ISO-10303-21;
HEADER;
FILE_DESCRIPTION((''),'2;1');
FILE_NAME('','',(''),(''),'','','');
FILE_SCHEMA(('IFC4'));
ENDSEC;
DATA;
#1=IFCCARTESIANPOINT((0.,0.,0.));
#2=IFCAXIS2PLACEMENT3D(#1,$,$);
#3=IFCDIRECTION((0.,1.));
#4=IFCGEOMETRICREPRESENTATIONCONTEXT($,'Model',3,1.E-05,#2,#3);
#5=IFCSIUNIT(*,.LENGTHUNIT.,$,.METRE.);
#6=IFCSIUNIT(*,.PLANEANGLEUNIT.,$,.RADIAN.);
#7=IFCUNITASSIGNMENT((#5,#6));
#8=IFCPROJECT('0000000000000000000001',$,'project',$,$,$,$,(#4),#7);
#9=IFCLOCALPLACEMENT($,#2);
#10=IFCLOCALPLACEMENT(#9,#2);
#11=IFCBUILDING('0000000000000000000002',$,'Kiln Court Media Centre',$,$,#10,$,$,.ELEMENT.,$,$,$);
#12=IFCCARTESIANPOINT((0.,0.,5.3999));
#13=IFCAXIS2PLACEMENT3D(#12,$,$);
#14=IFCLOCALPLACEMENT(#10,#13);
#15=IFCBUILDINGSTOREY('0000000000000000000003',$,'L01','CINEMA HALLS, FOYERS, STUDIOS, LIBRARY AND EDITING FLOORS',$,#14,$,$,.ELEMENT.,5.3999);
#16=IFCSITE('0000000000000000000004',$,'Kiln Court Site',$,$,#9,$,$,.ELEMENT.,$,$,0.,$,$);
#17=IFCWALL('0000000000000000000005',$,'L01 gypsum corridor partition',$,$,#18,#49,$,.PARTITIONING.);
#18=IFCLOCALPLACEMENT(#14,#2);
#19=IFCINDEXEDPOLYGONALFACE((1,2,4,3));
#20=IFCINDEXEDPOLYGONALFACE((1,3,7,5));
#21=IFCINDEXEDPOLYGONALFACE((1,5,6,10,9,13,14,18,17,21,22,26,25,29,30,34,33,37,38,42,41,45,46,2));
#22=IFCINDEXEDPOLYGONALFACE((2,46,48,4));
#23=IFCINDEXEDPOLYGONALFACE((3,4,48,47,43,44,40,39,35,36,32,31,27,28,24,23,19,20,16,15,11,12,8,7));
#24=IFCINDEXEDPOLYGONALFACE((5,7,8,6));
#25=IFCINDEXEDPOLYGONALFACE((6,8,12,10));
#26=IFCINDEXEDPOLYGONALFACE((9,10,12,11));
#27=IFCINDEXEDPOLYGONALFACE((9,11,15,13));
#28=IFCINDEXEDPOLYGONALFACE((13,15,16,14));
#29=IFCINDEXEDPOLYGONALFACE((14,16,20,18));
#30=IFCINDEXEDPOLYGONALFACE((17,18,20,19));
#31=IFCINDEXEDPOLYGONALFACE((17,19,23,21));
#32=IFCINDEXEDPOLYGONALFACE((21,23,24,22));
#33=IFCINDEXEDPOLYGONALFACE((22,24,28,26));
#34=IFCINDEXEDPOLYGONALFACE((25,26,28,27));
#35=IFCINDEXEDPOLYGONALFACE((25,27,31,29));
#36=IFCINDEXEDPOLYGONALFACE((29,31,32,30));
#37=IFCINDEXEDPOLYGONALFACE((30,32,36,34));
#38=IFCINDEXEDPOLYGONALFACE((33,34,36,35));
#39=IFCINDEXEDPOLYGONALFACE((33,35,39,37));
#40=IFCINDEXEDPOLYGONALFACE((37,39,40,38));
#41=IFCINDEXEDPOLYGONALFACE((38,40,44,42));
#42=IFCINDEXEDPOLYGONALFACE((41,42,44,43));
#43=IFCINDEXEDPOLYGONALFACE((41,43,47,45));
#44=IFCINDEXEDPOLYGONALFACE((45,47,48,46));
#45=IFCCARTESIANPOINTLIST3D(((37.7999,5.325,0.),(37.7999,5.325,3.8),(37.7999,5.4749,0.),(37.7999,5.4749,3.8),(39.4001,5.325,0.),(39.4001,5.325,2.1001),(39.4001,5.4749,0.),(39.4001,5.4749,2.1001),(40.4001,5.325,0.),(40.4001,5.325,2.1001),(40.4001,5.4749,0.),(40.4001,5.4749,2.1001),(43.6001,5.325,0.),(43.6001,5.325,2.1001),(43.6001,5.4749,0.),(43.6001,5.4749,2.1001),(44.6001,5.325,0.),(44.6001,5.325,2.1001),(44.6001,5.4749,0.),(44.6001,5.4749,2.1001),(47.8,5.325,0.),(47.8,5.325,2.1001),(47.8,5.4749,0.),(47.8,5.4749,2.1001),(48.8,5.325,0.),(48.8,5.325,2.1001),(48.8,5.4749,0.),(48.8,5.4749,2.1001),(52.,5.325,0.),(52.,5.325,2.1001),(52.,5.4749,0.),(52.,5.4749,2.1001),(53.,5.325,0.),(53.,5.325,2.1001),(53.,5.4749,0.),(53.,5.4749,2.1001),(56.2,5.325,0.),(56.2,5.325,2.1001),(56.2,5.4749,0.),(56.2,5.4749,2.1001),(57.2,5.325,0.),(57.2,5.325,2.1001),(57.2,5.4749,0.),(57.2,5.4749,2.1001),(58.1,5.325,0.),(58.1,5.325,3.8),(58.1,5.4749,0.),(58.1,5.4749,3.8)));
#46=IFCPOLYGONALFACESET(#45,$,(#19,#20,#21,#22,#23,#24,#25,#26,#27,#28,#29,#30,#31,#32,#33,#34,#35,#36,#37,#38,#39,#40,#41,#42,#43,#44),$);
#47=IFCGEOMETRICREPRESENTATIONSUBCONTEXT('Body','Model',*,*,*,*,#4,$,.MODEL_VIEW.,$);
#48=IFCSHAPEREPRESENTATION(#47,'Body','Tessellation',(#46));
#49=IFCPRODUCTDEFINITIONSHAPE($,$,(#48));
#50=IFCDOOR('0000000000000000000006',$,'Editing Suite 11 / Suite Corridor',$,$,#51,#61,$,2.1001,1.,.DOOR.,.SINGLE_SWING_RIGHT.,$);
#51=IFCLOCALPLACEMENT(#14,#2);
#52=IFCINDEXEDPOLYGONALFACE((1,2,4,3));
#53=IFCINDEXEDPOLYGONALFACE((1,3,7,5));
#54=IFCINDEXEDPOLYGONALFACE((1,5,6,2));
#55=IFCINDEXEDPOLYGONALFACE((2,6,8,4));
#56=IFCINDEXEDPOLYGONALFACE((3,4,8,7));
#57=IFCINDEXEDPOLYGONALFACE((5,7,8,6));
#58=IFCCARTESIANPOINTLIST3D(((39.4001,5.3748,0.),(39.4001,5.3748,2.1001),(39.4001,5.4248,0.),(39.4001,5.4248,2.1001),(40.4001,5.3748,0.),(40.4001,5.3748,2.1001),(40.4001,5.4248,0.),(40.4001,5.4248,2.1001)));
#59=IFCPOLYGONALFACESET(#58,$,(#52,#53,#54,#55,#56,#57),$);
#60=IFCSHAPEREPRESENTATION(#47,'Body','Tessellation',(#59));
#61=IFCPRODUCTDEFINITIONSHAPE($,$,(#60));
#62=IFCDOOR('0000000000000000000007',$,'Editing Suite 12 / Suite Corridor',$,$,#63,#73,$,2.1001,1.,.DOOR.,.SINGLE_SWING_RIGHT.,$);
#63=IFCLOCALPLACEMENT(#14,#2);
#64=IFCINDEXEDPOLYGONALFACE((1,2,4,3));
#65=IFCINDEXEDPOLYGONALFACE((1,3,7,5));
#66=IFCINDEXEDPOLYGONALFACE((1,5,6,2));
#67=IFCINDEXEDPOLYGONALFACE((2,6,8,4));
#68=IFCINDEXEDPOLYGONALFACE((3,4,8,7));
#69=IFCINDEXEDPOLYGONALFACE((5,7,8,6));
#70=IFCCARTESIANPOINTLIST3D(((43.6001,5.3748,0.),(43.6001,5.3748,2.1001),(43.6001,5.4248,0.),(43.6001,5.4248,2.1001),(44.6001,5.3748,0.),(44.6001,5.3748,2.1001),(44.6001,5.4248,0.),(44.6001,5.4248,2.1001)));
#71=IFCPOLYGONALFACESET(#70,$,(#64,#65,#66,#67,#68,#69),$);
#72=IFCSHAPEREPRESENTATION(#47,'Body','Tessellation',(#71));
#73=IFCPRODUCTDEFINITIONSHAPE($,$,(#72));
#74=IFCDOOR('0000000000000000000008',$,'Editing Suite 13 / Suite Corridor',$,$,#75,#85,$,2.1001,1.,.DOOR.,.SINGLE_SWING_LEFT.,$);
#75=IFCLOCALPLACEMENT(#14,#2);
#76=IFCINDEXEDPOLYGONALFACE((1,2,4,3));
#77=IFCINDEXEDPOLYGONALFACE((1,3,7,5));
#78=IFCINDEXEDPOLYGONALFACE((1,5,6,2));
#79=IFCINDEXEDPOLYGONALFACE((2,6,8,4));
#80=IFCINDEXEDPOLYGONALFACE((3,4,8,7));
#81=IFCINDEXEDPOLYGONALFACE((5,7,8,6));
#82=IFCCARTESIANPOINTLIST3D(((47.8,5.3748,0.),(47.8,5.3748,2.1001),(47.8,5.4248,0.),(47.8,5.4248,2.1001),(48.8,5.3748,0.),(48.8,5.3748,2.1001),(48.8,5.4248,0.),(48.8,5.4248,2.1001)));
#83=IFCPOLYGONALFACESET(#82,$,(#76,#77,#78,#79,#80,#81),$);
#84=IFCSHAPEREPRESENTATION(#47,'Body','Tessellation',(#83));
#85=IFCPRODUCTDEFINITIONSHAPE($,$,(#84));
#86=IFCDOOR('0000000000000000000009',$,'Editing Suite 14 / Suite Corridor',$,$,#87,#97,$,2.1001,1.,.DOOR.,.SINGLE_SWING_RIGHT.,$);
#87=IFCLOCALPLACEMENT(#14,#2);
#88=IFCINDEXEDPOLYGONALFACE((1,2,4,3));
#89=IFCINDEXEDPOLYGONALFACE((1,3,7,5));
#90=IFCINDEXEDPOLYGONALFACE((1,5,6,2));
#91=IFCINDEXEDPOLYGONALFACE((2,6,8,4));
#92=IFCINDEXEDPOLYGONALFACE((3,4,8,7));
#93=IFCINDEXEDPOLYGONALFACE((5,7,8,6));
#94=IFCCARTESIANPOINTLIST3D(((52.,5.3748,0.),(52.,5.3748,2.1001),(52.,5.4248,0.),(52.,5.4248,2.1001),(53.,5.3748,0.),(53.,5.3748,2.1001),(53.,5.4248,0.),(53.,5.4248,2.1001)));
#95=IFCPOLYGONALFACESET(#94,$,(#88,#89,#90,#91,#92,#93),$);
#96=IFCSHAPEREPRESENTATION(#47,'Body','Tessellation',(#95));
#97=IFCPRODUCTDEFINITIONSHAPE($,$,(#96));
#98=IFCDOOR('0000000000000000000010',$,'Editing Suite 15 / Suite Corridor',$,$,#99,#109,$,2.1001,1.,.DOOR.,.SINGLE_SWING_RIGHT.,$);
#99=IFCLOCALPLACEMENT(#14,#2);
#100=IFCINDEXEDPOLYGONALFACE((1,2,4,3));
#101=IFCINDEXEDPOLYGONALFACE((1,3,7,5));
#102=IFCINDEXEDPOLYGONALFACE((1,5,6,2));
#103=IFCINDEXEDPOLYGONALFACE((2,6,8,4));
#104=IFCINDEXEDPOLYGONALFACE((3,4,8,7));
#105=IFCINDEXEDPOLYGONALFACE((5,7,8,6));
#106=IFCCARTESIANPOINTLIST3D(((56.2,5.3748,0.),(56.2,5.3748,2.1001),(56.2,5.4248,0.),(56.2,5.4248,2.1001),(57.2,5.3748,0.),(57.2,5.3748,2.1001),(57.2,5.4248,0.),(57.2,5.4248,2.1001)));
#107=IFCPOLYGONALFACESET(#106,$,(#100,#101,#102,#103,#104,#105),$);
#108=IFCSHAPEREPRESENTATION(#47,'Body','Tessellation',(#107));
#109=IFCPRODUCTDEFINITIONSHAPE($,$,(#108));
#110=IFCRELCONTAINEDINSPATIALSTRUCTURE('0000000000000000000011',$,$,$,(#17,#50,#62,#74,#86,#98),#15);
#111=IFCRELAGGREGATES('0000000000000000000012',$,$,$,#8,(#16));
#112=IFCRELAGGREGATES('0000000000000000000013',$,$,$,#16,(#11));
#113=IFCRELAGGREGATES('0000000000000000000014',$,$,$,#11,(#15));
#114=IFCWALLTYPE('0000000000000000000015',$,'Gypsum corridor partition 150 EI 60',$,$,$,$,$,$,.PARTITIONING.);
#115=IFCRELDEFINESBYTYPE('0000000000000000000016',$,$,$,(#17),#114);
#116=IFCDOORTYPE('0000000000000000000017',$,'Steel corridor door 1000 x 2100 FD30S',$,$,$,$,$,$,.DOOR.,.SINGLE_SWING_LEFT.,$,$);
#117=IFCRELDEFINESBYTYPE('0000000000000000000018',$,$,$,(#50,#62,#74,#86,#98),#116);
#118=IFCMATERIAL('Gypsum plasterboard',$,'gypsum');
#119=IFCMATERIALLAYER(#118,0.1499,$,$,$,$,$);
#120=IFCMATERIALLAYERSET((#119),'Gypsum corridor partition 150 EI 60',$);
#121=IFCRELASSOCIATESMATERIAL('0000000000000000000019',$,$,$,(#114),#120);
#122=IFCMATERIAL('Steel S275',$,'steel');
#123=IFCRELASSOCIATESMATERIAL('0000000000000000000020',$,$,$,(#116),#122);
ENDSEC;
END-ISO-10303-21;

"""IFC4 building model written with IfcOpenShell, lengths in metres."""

from ifc_helpers import new_model, si_unit, direction, frame, frame_2d, origin, place, context, subcontext, project, spatial, rectangle, extrude, material, layer, layer_set, type_object, element, fill, save


model = new_model("IFC4")

# Units and contexts
model_context = context("Model", 3, precision=1e-05, world=origin(), true_north=direction((0.0, 1.0)))
body_context = subcontext(model_context, "Body", "Model", "MODEL_VIEW")
ifc_project = project(units=[si_unit("LENGTHUNIT", "METRE"), si_unit("PLANEANGLEUNIT", "RADIAN")], contexts=[model_context])

# Site, building, storey
site_placement = place(None, origin())
site = spatial("IfcSite", under=ifc_project, at=site_placement, Name="Kiln Court Site", CompositionType="ELEMENT", RefElevation=0.0)
building_placement = place(site_placement, origin())
building = spatial("IfcBuilding", under=site, at=building_placement, Name="Kiln Court Media Centre", CompositionType="ELEMENT")
storey_placement = place(building_placement, frame((0.0, 0.0, 5.3999)))
storey = spatial("IfcBuildingStorey", under=building, at=storey_placement, Name="L01", Description="CINEMA HALLS, FOYERS, STUDIOS, LIBRARY AND EDITING FLOORS", CompositionType="ELEMENT", Elevation=5.3999)

# Wall, openings, doors
ifc_material_1 = material(Name="Gypsum plasterboard", Category="gypsum")
ifc_layer_1 = layer(ifc_material_1, 0.1499)
ifc_layer_set_1 = layer_set([ifc_layer_1], Name="Gypsum corridor partition 150 EI 60")
wall_type_1 = type_object("IfcWallType", Name="Gypsum corridor partition 150 EI 60", PredefinedType="PARTITIONING", material=ifc_layer_set_1)
wall_1_placement = place(storey_placement, frame((37.8, 5.3999, 0.0), z_axis=(0.0, 0.0, 1.0), x_axis=(1.0, 0.0, 0.0)))
wall_1 = element("IfcWall", 1, at=wall_1_placement, inside=storey, type_object=wall_type_1, Name="L01 gypsum corridor partition", PredefinedType="PARTITIONING", context=body_context, shape_type="SweptSolid", body=[
    extrude(rectangle(XDim=20.3, YDim=0.1499, at=frame_2d((10.1499, 0.0))), origin(), (0.0, 0.0, 1.0), 3.8),
])
opening_1_placement = place(wall_1_placement, frame((1.6001, 0.0, 0.0)))
opening_1 = element("IfcOpeningElement", 2, at=opening_1_placement, cuts=wall_1, PredefinedType="OPENING", context=body_context, shape_type="SweptSolid", body=[
    extrude(rectangle(XDim=1.0, YDim=2.1001, at=frame_2d((0.5, 1.05))), frame((0.0, 0.085, 0.0), z_axis=(0.0, -1.0, 0.0), x_axis=(1.0, 0.0, 0.0)), (0.0, 0.0, 1.0), 0.1699),
])
opening_2_placement = place(wall_1_placement, frame((5.8, 0.0, 0.0)))
opening_2 = element("IfcOpeningElement", 3, at=opening_2_placement, cuts=wall_1, PredefinedType="OPENING", context=body_context, shape_type="SweptSolid", body=[
    extrude(rectangle(XDim=1.0, YDim=2.1001, at=frame_2d((0.5, 1.05))), frame((0.0, 0.085, 0.0), z_axis=(0.0, -1.0, 0.0), x_axis=(1.0, 0.0, 0.0)), (0.0, 0.0, 1.0), 0.1699),
])
opening_3_placement = place(wall_1_placement, frame((10.0, 0.0, 0.0)))
opening_3 = element("IfcOpeningElement", 4, at=opening_3_placement, cuts=wall_1, PredefinedType="OPENING", context=body_context, shape_type="SweptSolid", body=[
    extrude(rectangle(XDim=1.0, YDim=2.1001, at=frame_2d((0.5, 1.05))), frame((0.0, 0.085, 0.0), z_axis=(0.0, -1.0, 0.0), x_axis=(1.0, 0.0, 0.0)), (0.0, 0.0, 1.0), 0.1699),
])
opening_4_placement = place(wall_1_placement, frame((14.2, 0.0, 0.0)))
opening_4 = element("IfcOpeningElement", 5, at=opening_4_placement, cuts=wall_1, PredefinedType="OPENING", context=body_context, shape_type="SweptSolid", body=[
    extrude(rectangle(XDim=1.0, YDim=2.1001, at=frame_2d((0.5, 1.05))), frame((0.0, 0.085, 0.0), z_axis=(0.0, -1.0, 0.0), x_axis=(1.0, 0.0, 0.0)), (0.0, 0.0, 1.0), 0.1699),
])
opening_5_placement = place(wall_1_placement, frame((18.3999, 0.0, 0.0)))
opening_5 = element("IfcOpeningElement", 6, at=opening_5_placement, cuts=wall_1, PredefinedType="OPENING", context=body_context, shape_type="SweptSolid", body=[
    extrude(rectangle(XDim=1.0, YDim=2.1001, at=frame_2d((0.5, 1.05))), frame((0.0, 0.085, 0.0), z_axis=(0.0, -1.0, 0.0), x_axis=(1.0, 0.0, 0.0)), (0.0, 0.0, 1.0), 0.1699),
])
ifc_material_2 = material(Name="Steel S275", Category="steel")
door_type_1 = type_object("IfcDoorType", Name="Steel corridor door 1000 x 2100 FD30S", OperationType="SINGLE_SWING_LEFT", PredefinedType="DOOR", material=ifc_material_2)
door_1_placement = place(opening_1_placement, origin())
door_1 = element("IfcDoor", 7, at=door_1_placement, inside=storey, type_object=door_type_1, Name="Editing Suite 11 / Suite Corridor", OperationType="SINGLE_SWING_RIGHT", OverallHeight=2.1001, OverallWidth=1.0, PredefinedType="DOOR", context=body_context, shape_type="SweptSolid", body=[
    extrude(rectangle(XDim=1.0, YDim=2.1001, at=frame_2d((0.5, 1.05))), frame((0.0, 0.0249, 0.0), z_axis=(0.0, -1.0, 0.0), x_axis=(1.0, 0.0, 0.0)), (0.0, 0.0, 1.0), 0.05),
])
fill(opening_1, door_1)
door_2_placement = place(opening_2_placement, origin())
door_2 = element("IfcDoor", 8, at=door_2_placement, inside=storey, type_object=door_type_1, Name="Editing Suite 12 / Suite Corridor", OperationType="SINGLE_SWING_RIGHT", OverallHeight=2.1001, OverallWidth=1.0, PredefinedType="DOOR", context=body_context, shape_type="SweptSolid", body=[
    extrude(rectangle(XDim=1.0, YDim=2.1001, at=frame_2d((0.5, 1.05))), frame((0.0, 0.0249, 0.0), z_axis=(0.0, -1.0, 0.0), x_axis=(1.0, 0.0, 0.0)), (0.0, 0.0, 1.0), 0.05),
])
fill(opening_2, door_2)
door_3_placement = place(opening_3_placement, origin())
door_3 = element("IfcDoor", 9, at=door_3_placement, inside=storey, type_object=door_type_1, Name="Editing Suite 13 / Suite Corridor", OperationType="SINGLE_SWING_LEFT", OverallHeight=2.1001, OverallWidth=1.0, PredefinedType="DOOR", context=body_context, shape_type="SweptSolid", body=[
    extrude(rectangle(XDim=1.0, YDim=2.1001, at=frame_2d((0.5, 1.05))), frame((0.0, 0.0249, 0.0), z_axis=(0.0, -1.0, 0.0), x_axis=(1.0, 0.0, 0.0)), (0.0, 0.0, 1.0), 0.05),
])
fill(opening_3, door_3)
door_4_placement = place(opening_4_placement, origin())
door_4 = element("IfcDoor", 10, at=door_4_placement, inside=storey, type_object=door_type_1, Name="Editing Suite 14 / Suite Corridor", OperationType="SINGLE_SWING_RIGHT", OverallHeight=2.1001, OverallWidth=1.0, PredefinedType="DOOR", context=body_context, shape_type="SweptSolid", body=[
    extrude(rectangle(XDim=1.0, YDim=2.1001, at=frame_2d((0.5, 1.05))), frame((0.0, 0.0249, 0.0), z_axis=(0.0, -1.0, 0.0), x_axis=(1.0, 0.0, 0.0)), (0.0, 0.0, 1.0), 0.05),
])
fill(opening_4, door_4)
door_5_placement = place(opening_5_placement, origin())
door_5 = element("IfcDoor", 11, at=door_5_placement, inside=storey, type_object=door_type_1, Name="Editing Suite 15 / Suite Corridor", OperationType="SINGLE_SWING_RIGHT", OverallHeight=2.1001, OverallWidth=1.0, PredefinedType="DOOR", context=body_context, shape_type="SweptSolid", body=[
    extrude(rectangle(XDim=1.0, YDim=2.1001, at=frame_2d((0.5, 1.05))), frame((0.0, 0.0249, 0.0), z_axis=(0.0, -1.0, 0.0), x_axis=(1.0, 0.0, 0.0)), (0.0, 0.0, 1.0), 0.05),
])
fill(opening_5, door_5)

save(model, "model.ifc")
